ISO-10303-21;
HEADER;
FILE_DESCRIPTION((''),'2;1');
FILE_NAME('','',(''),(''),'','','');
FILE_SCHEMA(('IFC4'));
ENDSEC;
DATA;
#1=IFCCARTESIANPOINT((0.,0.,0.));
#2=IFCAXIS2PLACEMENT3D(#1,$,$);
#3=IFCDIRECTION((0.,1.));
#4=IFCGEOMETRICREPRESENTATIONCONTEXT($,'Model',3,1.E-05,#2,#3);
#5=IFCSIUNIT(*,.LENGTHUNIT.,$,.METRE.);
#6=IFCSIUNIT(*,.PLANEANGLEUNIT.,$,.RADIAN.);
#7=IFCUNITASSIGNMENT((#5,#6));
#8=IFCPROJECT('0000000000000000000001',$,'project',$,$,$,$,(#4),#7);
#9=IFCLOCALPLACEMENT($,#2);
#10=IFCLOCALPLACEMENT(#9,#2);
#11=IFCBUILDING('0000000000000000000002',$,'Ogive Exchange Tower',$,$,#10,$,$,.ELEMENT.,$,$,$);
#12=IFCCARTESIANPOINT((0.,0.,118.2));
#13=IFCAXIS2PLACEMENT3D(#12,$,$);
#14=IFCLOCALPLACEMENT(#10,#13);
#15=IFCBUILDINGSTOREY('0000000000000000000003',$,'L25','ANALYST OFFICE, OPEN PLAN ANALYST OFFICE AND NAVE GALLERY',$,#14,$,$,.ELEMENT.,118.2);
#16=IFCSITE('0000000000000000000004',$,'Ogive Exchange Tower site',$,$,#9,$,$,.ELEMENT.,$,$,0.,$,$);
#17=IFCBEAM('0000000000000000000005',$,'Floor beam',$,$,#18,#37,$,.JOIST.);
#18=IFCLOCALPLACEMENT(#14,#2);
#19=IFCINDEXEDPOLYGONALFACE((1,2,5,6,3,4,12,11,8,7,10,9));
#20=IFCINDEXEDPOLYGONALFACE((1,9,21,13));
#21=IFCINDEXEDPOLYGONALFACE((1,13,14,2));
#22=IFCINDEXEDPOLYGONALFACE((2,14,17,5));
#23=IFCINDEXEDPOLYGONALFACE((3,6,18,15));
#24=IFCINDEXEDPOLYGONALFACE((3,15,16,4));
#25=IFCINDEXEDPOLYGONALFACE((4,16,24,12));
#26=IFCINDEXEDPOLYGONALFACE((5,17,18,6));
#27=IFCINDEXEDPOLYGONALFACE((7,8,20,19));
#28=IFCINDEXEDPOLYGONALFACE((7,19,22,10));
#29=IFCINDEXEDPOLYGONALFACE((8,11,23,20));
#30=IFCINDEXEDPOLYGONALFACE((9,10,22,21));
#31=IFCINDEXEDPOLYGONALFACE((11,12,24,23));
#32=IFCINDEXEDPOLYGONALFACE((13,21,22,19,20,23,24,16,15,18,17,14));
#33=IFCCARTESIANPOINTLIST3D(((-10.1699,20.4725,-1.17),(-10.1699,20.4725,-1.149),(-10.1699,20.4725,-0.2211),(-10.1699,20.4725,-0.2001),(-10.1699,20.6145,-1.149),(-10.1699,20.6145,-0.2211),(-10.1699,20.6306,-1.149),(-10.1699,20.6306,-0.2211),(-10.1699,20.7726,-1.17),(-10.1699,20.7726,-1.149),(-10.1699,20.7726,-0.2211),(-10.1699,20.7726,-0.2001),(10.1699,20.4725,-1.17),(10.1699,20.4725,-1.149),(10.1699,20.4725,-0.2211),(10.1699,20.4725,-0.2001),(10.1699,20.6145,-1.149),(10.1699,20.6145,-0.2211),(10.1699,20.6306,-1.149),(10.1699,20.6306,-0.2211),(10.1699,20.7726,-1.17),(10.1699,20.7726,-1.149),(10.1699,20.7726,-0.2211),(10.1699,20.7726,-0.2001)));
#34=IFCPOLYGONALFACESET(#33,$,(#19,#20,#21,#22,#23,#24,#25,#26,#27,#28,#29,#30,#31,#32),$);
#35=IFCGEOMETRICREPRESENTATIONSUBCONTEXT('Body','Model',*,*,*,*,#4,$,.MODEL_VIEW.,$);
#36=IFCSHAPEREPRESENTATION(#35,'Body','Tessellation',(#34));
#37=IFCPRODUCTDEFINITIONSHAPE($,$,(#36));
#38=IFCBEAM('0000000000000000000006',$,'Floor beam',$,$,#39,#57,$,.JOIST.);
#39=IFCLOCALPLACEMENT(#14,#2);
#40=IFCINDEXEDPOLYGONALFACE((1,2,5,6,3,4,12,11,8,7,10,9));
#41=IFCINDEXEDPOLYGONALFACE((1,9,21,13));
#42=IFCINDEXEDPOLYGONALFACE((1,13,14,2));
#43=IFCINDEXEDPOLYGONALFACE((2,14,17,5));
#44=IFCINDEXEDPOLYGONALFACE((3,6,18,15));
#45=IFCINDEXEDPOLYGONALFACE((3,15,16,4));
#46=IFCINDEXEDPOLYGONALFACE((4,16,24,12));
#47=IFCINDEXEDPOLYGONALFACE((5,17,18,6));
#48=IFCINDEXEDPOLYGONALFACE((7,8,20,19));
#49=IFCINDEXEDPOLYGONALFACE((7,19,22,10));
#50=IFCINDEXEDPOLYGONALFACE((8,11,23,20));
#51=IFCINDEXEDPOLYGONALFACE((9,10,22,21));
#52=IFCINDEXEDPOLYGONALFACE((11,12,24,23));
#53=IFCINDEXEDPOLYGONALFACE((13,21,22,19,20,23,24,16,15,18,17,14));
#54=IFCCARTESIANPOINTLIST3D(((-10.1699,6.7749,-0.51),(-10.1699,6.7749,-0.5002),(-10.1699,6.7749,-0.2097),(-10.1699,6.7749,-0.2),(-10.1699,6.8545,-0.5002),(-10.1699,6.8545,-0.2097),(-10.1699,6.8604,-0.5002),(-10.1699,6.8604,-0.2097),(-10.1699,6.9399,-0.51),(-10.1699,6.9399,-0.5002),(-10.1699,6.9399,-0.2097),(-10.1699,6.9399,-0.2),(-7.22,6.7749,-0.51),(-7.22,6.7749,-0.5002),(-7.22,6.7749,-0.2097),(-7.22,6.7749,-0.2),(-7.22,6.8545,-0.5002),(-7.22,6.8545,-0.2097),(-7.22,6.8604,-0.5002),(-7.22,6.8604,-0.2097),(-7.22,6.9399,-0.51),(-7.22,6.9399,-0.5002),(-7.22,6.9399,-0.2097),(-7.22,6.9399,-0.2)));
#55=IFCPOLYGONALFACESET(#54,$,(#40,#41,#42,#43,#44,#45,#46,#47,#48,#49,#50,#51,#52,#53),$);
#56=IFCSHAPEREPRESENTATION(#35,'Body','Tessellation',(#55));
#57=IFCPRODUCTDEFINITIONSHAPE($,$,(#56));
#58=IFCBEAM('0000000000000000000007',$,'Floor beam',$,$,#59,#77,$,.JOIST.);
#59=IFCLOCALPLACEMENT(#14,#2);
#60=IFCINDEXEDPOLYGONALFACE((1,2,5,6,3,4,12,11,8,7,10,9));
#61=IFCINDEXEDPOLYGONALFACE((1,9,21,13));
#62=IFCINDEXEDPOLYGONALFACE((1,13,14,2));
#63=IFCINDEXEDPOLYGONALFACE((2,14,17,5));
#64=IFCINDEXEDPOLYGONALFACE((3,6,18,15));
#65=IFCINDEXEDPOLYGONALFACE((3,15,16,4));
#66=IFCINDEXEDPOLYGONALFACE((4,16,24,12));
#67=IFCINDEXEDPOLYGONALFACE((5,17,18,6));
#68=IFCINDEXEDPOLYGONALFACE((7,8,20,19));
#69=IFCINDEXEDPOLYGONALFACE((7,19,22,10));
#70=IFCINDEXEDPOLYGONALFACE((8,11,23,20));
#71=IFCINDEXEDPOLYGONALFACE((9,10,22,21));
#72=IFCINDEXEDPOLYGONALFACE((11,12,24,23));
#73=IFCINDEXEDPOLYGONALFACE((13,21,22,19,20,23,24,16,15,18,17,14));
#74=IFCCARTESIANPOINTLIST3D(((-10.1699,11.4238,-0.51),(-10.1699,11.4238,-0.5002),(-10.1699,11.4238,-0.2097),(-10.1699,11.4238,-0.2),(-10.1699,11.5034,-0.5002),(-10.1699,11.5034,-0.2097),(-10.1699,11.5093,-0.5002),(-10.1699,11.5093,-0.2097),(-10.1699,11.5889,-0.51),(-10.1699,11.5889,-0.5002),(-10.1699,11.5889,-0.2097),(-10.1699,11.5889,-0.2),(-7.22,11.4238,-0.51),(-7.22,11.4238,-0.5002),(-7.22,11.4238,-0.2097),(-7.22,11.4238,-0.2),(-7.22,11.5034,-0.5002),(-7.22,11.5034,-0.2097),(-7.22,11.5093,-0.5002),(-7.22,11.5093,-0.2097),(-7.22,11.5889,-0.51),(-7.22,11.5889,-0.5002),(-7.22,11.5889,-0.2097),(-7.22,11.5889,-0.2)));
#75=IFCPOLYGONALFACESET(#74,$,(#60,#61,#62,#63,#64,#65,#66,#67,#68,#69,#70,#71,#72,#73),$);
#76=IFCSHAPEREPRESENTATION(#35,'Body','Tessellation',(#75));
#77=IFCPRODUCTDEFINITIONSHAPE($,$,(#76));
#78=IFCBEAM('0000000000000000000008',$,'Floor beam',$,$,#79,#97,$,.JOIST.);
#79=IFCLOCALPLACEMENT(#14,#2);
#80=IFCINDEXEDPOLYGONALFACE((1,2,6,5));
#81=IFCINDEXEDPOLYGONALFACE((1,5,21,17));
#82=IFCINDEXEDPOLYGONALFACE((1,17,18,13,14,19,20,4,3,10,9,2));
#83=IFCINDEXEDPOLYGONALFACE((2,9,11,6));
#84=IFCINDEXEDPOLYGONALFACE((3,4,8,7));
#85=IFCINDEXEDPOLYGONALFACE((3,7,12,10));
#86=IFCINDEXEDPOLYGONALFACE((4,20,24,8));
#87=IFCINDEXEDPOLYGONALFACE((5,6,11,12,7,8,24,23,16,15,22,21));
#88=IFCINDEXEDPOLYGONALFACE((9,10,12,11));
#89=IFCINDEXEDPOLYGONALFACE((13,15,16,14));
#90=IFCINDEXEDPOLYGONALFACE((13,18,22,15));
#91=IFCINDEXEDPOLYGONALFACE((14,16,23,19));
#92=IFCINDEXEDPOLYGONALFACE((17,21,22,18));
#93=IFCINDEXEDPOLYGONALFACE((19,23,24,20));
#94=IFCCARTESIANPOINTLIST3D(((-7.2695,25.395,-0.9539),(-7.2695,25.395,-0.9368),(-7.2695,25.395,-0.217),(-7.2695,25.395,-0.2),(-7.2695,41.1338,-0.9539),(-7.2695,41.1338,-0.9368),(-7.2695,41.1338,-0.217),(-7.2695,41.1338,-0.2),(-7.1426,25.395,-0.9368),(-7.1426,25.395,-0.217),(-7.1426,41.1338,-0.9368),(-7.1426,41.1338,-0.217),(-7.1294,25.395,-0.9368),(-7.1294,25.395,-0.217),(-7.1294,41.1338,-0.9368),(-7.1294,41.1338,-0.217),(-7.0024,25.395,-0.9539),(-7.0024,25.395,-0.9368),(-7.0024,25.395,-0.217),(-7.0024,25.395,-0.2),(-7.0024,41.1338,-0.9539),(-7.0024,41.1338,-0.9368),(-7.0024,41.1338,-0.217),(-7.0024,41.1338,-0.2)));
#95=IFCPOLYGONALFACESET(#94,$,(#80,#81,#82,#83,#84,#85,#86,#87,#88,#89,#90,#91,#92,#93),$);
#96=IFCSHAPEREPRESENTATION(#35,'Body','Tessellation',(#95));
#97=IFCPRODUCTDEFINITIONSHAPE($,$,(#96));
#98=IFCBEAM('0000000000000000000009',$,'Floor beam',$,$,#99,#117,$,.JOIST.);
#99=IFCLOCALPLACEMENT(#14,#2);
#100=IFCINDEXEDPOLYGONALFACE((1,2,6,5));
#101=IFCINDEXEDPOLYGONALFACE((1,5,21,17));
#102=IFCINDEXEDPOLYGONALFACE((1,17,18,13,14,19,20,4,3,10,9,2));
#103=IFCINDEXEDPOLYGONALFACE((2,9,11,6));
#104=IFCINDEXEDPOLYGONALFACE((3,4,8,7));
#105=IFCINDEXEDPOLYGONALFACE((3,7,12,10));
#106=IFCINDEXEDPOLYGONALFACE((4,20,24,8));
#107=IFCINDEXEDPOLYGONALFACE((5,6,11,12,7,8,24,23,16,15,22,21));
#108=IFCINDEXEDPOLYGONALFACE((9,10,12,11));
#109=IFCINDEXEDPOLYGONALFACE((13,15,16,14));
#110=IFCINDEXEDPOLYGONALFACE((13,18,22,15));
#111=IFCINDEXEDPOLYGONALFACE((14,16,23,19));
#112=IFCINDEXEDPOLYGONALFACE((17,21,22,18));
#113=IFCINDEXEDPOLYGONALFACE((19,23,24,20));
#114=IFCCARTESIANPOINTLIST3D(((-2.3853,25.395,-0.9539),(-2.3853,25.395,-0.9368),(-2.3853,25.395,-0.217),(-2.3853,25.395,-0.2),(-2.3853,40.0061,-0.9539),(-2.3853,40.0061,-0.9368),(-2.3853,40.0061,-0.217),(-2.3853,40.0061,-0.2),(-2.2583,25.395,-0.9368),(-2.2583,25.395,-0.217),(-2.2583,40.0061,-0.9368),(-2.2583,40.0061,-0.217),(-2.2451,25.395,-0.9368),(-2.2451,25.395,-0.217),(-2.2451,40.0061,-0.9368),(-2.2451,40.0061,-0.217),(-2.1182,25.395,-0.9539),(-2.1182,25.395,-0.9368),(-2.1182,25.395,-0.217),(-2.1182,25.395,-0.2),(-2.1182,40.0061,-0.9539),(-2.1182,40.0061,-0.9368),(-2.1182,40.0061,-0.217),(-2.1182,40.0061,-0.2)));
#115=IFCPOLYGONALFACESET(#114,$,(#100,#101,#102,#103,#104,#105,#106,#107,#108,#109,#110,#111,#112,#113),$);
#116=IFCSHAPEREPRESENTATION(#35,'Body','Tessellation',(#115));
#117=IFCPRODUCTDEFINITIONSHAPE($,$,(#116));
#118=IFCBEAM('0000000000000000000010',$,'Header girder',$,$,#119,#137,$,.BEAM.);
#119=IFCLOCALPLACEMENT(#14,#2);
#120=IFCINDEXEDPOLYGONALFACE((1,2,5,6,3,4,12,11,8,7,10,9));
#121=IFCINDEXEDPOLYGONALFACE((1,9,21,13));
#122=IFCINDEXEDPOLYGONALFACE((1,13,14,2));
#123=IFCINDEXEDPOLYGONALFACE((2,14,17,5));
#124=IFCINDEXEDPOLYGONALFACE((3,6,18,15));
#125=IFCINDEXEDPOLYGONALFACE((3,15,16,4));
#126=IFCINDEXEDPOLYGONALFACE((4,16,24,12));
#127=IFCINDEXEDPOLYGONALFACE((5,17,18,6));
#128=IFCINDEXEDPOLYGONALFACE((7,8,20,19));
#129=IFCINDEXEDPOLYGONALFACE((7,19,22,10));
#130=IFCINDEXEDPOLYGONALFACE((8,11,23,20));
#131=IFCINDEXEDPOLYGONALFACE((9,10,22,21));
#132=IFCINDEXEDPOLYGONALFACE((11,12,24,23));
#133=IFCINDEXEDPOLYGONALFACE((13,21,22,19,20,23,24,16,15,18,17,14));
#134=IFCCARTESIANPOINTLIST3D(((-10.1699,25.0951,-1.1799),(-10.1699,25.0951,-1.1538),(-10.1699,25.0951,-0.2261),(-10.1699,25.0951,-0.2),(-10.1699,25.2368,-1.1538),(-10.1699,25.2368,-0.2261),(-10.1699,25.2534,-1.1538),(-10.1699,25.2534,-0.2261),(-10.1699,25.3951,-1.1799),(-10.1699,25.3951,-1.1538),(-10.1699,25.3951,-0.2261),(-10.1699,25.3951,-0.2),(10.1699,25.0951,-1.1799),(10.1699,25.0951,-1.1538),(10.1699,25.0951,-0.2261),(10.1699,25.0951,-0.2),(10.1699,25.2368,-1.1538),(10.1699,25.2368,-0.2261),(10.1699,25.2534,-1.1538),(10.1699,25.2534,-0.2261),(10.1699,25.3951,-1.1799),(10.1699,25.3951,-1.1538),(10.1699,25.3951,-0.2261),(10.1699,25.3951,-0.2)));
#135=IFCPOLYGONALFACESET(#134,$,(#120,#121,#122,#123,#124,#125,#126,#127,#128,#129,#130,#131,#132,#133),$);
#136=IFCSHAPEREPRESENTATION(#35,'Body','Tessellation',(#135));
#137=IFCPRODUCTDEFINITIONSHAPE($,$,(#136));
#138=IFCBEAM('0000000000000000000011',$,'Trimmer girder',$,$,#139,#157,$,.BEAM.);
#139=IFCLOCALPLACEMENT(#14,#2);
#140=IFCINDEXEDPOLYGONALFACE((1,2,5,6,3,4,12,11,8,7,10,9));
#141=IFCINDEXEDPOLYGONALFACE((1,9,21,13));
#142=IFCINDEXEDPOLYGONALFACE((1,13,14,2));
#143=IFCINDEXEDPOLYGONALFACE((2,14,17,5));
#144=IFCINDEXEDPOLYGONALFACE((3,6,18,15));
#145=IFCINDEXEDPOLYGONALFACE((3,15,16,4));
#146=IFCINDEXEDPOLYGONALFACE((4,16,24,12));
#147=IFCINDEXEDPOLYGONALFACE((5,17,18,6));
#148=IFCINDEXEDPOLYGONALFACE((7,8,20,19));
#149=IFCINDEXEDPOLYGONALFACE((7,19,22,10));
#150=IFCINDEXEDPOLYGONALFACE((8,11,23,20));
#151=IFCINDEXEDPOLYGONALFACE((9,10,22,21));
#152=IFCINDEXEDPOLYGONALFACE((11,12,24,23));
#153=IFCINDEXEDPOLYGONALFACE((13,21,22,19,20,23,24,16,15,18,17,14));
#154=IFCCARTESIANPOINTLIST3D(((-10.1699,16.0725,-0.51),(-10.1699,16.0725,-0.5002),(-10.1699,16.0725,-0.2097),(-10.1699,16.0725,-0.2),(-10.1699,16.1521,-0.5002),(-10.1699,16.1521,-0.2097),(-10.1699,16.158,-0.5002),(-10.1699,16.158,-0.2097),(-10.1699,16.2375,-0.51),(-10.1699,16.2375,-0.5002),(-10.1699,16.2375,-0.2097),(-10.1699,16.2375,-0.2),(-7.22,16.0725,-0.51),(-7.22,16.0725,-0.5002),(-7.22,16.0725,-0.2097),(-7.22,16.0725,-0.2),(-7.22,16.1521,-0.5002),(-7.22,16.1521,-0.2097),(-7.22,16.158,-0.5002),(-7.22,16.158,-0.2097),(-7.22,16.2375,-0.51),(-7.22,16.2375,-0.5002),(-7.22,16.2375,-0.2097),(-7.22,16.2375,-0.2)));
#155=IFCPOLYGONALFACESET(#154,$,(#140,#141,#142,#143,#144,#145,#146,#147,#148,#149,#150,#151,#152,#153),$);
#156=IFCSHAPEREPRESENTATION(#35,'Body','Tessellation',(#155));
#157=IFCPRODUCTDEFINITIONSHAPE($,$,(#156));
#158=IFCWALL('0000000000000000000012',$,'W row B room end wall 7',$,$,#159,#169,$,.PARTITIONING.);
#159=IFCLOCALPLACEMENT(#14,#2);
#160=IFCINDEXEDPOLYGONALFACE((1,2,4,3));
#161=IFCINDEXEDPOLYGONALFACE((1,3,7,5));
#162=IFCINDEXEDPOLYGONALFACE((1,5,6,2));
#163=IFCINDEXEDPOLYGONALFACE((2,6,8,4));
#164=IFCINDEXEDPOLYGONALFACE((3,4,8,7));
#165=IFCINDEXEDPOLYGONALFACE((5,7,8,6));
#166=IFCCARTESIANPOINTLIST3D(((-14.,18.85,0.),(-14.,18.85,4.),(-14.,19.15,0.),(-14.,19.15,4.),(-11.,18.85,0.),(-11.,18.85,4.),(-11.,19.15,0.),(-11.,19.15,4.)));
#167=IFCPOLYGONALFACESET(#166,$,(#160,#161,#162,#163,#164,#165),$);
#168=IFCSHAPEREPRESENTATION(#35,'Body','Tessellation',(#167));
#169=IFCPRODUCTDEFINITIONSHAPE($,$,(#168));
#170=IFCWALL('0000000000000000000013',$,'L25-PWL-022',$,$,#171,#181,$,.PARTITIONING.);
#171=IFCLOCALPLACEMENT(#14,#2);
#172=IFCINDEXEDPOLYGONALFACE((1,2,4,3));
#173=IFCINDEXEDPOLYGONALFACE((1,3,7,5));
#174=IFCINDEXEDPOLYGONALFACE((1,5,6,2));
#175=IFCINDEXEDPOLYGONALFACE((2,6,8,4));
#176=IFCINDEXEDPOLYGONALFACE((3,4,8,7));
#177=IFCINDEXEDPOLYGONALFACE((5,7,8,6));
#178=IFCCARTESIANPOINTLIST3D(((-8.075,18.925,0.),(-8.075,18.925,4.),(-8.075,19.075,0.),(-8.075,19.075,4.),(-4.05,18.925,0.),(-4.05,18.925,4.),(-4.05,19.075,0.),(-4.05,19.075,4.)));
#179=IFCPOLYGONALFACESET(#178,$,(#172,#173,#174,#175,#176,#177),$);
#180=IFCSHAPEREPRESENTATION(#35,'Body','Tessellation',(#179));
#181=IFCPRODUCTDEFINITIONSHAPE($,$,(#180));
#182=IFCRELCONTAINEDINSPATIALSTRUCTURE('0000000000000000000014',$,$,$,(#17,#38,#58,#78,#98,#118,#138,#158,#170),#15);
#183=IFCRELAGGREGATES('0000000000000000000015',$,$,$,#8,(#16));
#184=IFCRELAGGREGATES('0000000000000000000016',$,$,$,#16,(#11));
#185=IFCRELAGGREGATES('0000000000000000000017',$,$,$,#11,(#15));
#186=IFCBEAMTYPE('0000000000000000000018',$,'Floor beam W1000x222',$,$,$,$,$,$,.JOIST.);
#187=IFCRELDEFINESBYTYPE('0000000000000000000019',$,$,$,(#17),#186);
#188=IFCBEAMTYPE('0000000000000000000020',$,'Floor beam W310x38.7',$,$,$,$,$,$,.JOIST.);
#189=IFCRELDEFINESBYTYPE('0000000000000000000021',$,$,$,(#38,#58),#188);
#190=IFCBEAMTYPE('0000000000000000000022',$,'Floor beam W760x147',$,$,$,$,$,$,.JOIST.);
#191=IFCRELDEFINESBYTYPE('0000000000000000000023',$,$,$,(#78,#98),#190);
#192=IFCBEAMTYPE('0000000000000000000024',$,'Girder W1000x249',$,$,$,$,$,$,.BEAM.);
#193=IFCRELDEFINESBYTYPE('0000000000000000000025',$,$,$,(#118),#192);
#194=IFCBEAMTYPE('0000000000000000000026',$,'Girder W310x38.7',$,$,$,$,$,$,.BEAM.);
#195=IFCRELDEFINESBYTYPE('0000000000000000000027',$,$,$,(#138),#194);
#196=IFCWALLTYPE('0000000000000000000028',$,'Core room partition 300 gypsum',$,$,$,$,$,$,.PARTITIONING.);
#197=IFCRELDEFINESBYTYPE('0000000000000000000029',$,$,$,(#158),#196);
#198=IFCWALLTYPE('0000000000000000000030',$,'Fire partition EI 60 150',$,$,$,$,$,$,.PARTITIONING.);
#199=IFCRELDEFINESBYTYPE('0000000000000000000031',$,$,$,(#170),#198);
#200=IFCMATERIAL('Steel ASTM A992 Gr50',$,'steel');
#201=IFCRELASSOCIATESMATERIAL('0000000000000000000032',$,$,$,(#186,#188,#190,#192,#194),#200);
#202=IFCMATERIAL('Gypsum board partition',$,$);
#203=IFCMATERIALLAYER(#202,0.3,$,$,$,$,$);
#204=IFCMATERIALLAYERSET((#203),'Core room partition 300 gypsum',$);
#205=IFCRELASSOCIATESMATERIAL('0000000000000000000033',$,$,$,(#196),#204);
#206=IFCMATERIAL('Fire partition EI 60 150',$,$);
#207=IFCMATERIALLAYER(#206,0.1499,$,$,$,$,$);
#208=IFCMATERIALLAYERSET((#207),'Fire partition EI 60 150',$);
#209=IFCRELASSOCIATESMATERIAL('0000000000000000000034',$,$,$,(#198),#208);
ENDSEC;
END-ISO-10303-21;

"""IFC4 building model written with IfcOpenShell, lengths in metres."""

from ifc_helpers import new_model, si_unit, direction, frame, frame_2d, origin, origin_2d, place, context, subcontext, project, spatial, rectangle, i_section, extrude, material, layer, layer_set, material_profile, profile_set, type_object, element, save


model = new_model("IFC4")

# Units and contexts
model_context = context("Model", 3, precision=1e-05, world=origin(), true_north=direction((0.0, 1.0)))
body_context = subcontext(model_context, "Body", "Model", "MODEL_VIEW")
ifc_project = project(units=[si_unit("LENGTHUNIT", "METRE"), si_unit("PLANEANGLEUNIT", "RADIAN")], contexts=[model_context])

# Site, building, storey
site_placement = place(None, origin())
site = spatial("IfcSite", under=ifc_project, at=site_placement, Name="Ogive Exchange Tower site", CompositionType="ELEMENT", RefElevation=0.0)
building_placement = place(site_placement, origin())
building = spatial("IfcBuilding", under=site, at=building_placement, Name="Ogive Exchange Tower", CompositionType="ELEMENT")
storey_placement = place(building_placement, frame((0.0, 0.0, 118.2)))
storey = spatial("IfcBuildingStorey", under=building, at=storey_placement, Name="L25", Description="ANALYST OFFICE, OPEN PLAN ANALYST OFFICE AND NAVE GALLERY", CompositionType="ELEMENT", Elevation=118.2)

# Beams
ifc_material_1 = material(Name="Steel ASTM A992 Gr50", Category="steel")
ifc_material_profile_1 = material_profile(ifc_material_1, i_section(OverallWidth=0.3, OverallDepth=0.97, WebThickness=0.0161, FlangeThickness=0.021, at=origin_2d()), Name="W1000x222")
ifc_profile_set_1 = profile_set([ifc_material_profile_1], Name="Steel ASTM A992 Gr50")
beam_type_1 = type_object("IfcBeamType", Name="Floor beam W1000x222", PredefinedType="JOIST", material=ifc_profile_set_1)
beam_1_placement = place(storey_placement, frame((-10.1699, 20.6226, -0.6851), z_axis=(1.0, 0.0, 0.0), x_axis=(0.0, 1.0, 0.0)))
element("IfcBeam", 1, at=beam_1_placement, inside=storey, type_object=beam_type_1, Name="Floor beam", PredefinedType="JOIST", context=body_context, shape_type="SweptSolid", body=[
    extrude(i_section(OverallWidth=0.3, OverallDepth=0.97, WebThickness=0.0161, FlangeThickness=0.021, at=origin_2d()), origin(), (0.0, 0.0, 1.0), 20.3398),
])
ifc_material_profile_2 = material_profile(ifc_material_1, i_section(OverallWidth=0.165, OverallDepth=0.3101, WebThickness=0.0059, FlangeThickness=0.0098, at=origin_2d()), Name="W310x38.7")
ifc_profile_set_2 = profile_set([ifc_material_profile_2], Name="Steel ASTM A992 Gr50")
beam_type_2 = type_object("IfcBeamType", Name="Floor beam W310x38.7", PredefinedType="JOIST", material=ifc_profile_set_2)
for number, where, z_axis, x_axis, name in (
    (2, (-10.1699, 6.8574, -0.355), (1.0, 0.0, 0.0), (0.0, 1.0, 0.0), "Floor beam"),
    (3, (-10.1699, 11.5063, -0.355), (1.0, 0.0, 0.0), (0.0, 1.0, 0.0), "Floor beam"),
):
    element("IfcBeam", number, at=place(storey_placement, frame(where, z_axis=z_axis, x_axis=x_axis)), inside=storey, type_object=beam_type_2, Name=name, PredefinedType="JOIST", context=body_context, shape_type="SweptSolid", body=[
        extrude(i_section(OverallWidth=0.165, OverallDepth=0.3101, WebThickness=0.0059, FlangeThickness=0.0098, at=origin_2d()), origin(), (0.0, 0.0, 1.0), 2.95),
    ])
ifc_material_profile_3 = material_profile(ifc_material_1, i_section(OverallWidth=0.2671, OverallDepth=0.7539, WebThickness=0.0132, FlangeThickness=0.0171, at=origin_2d()), Name="W760x147")
ifc_profile_set_3 = profile_set([ifc_material_profile_3], Name="Steel ASTM A992 Gr50")
beam_type_3 = type_object("IfcBeamType", Name="Floor beam W760x147", PredefinedType="JOIST", material=ifc_profile_set_3)
beam_2_placement = place(storey_placement, frame((-7.136, 25.395, -0.5769), z_axis=(0.0, 1.0, 0.0), x_axis=(-1.0, 0.0, 0.0)))
element("IfcBeam", 4, at=beam_2_placement, inside=storey, type_object=beam_type_3, Name="Floor beam", PredefinedType="JOIST", context=body_context, shape_type="SweptSolid", body=[
    extrude(i_section(OverallWidth=0.2671, OverallDepth=0.7539, WebThickness=0.0132, FlangeThickness=0.0171, at=origin_2d()), origin(), (0.0, 0.0, 1.0), 15.7388),
])
beam_3_placement = place(storey_placement, frame((-2.2517, 25.395, -0.5769), z_axis=(0.0, 1.0, 0.0), x_axis=(-1.0, 0.0, 0.0)))
element("IfcBeam", 5, at=beam_3_placement, inside=storey, type_object=beam_type_3, Name="Floor beam", PredefinedType="JOIST", context=body_context, shape_type="SweptSolid", body=[
    extrude(i_section(OverallWidth=0.2671, OverallDepth=0.7539, WebThickness=0.0132, FlangeThickness=0.0171, at=origin_2d()), origin(), (0.0, 0.0, 1.0), 14.6111),
])
ifc_material_profile_4 = material_profile(ifc_material_1, i_section(OverallWidth=0.3, OverallDepth=0.98, WebThickness=0.0166, FlangeThickness=0.0261, at=origin_2d()), Name="W1000x249")
ifc_profile_set_4 = profile_set([ifc_material_profile_4], Name="Steel ASTM A992 Gr50")
beam_type_4 = type_object("IfcBeamType", Name="Girder W1000x249", PredefinedType="BEAM", material=ifc_profile_set_4)
beam_4_placement = place(storey_placement, frame((-10.1699, 25.2451, -0.6899), z_axis=(1.0, 0.0, 0.0), x_axis=(0.0, 1.0, 0.0)))
element("IfcBeam", 6, at=beam_4_placement, inside=storey, type_object=beam_type_4, Name="Header girder", PredefinedType="BEAM", context=body_context, shape_type="SweptSolid", body=[
    extrude(i_section(OverallWidth=0.3, OverallDepth=0.98, WebThickness=0.0166, FlangeThickness=0.0261, at=origin_2d()), origin(), (0.0, 0.0, 1.0), 20.3398),
])
ifc_material_profile_5 = material_profile(ifc_material_1, i_section(OverallWidth=0.165, OverallDepth=0.3101, WebThickness=0.0059, FlangeThickness=0.0098, at=origin_2d()), Name="W310x38.7")
ifc_profile_set_5 = profile_set([ifc_material_profile_5], Name="Steel ASTM A992 Gr50")
beam_type_5 = type_object("IfcBeamType", Name="Girder W310x38.7", PredefinedType="BEAM", material=ifc_profile_set_5)
beam_5_placement = place(storey_placement, frame((-10.1699, 16.155, -0.355), z_axis=(1.0, 0.0, 0.0), x_axis=(0.0, 1.0, 0.0)))
element("IfcBeam", 7, at=beam_5_placement, inside=storey, type_object=beam_type_5, Name="Trimmer girder", PredefinedType="BEAM", context=body_context, shape_type="SweptSolid", body=[
    extrude(i_section(OverallWidth=0.165, OverallDepth=0.3101, WebThickness=0.0059, FlangeThickness=0.0098, at=origin_2d()), origin(), (0.0, 0.0, 1.0), 2.95),
])

# Walls
ifc_material_2 = material(Name="Gypsum board partition")
ifc_layer_1 = layer(ifc_material_2, 0.3)
ifc_layer_set_1 = layer_set([ifc_layer_1], Name="Core room partition 300 gypsum")
wall_type_1 = type_object("IfcWallType", Name="Core room partition 300 gypsum", PredefinedType="PARTITIONING", material=ifc_layer_set_1)
wall_1_placement = place(storey_placement, frame((-14.0, 19.0, 0.0), z_axis=(0.0, 0.0, 1.0), x_axis=(1.0, 0.0, 0.0)))
element("IfcWall", 8, at=wall_1_placement, inside=storey, type_object=wall_type_1, Name="W row B room end wall 7", PredefinedType="PARTITIONING", context=body_context, shape_type="SweptSolid", body=[
    extrude(rectangle(XDim=3.0, YDim=0.3, at=frame_2d((1.5, 0.0))), origin(), (0.0, 0.0, 1.0), 4.0),
])
ifc_material_3 = material(Name="Fire partition EI 60 150")
ifc_layer_2 = layer(ifc_material_3, 0.1499)
ifc_layer_set_2 = layer_set([ifc_layer_2], Name="Fire partition EI 60 150")
wall_type_2 = type_object("IfcWallType", Name="Fire partition EI 60 150", PredefinedType="PARTITIONING", material=ifc_layer_set_2)
wall_2_placement = place(storey_placement, frame((-8.075, 19.0, 0.0), z_axis=(0.0, 0.0, 1.0), x_axis=(1.0, 0.0, 0.0)))
element("IfcWall", 9, at=wall_2_placement, inside=storey, type_object=wall_type_2, Name="L25-PWL-022", PredefinedType="PARTITIONING", context=body_context, shape_type="SweptSolid", body=[
    extrude(rectangle(XDim=4.0249, YDim=0.1499, at=frame_2d((2.0125, 0.0))), origin(), (0.0, 0.0, 1.0), 4.0),
])

save(model, "model.ifc")
